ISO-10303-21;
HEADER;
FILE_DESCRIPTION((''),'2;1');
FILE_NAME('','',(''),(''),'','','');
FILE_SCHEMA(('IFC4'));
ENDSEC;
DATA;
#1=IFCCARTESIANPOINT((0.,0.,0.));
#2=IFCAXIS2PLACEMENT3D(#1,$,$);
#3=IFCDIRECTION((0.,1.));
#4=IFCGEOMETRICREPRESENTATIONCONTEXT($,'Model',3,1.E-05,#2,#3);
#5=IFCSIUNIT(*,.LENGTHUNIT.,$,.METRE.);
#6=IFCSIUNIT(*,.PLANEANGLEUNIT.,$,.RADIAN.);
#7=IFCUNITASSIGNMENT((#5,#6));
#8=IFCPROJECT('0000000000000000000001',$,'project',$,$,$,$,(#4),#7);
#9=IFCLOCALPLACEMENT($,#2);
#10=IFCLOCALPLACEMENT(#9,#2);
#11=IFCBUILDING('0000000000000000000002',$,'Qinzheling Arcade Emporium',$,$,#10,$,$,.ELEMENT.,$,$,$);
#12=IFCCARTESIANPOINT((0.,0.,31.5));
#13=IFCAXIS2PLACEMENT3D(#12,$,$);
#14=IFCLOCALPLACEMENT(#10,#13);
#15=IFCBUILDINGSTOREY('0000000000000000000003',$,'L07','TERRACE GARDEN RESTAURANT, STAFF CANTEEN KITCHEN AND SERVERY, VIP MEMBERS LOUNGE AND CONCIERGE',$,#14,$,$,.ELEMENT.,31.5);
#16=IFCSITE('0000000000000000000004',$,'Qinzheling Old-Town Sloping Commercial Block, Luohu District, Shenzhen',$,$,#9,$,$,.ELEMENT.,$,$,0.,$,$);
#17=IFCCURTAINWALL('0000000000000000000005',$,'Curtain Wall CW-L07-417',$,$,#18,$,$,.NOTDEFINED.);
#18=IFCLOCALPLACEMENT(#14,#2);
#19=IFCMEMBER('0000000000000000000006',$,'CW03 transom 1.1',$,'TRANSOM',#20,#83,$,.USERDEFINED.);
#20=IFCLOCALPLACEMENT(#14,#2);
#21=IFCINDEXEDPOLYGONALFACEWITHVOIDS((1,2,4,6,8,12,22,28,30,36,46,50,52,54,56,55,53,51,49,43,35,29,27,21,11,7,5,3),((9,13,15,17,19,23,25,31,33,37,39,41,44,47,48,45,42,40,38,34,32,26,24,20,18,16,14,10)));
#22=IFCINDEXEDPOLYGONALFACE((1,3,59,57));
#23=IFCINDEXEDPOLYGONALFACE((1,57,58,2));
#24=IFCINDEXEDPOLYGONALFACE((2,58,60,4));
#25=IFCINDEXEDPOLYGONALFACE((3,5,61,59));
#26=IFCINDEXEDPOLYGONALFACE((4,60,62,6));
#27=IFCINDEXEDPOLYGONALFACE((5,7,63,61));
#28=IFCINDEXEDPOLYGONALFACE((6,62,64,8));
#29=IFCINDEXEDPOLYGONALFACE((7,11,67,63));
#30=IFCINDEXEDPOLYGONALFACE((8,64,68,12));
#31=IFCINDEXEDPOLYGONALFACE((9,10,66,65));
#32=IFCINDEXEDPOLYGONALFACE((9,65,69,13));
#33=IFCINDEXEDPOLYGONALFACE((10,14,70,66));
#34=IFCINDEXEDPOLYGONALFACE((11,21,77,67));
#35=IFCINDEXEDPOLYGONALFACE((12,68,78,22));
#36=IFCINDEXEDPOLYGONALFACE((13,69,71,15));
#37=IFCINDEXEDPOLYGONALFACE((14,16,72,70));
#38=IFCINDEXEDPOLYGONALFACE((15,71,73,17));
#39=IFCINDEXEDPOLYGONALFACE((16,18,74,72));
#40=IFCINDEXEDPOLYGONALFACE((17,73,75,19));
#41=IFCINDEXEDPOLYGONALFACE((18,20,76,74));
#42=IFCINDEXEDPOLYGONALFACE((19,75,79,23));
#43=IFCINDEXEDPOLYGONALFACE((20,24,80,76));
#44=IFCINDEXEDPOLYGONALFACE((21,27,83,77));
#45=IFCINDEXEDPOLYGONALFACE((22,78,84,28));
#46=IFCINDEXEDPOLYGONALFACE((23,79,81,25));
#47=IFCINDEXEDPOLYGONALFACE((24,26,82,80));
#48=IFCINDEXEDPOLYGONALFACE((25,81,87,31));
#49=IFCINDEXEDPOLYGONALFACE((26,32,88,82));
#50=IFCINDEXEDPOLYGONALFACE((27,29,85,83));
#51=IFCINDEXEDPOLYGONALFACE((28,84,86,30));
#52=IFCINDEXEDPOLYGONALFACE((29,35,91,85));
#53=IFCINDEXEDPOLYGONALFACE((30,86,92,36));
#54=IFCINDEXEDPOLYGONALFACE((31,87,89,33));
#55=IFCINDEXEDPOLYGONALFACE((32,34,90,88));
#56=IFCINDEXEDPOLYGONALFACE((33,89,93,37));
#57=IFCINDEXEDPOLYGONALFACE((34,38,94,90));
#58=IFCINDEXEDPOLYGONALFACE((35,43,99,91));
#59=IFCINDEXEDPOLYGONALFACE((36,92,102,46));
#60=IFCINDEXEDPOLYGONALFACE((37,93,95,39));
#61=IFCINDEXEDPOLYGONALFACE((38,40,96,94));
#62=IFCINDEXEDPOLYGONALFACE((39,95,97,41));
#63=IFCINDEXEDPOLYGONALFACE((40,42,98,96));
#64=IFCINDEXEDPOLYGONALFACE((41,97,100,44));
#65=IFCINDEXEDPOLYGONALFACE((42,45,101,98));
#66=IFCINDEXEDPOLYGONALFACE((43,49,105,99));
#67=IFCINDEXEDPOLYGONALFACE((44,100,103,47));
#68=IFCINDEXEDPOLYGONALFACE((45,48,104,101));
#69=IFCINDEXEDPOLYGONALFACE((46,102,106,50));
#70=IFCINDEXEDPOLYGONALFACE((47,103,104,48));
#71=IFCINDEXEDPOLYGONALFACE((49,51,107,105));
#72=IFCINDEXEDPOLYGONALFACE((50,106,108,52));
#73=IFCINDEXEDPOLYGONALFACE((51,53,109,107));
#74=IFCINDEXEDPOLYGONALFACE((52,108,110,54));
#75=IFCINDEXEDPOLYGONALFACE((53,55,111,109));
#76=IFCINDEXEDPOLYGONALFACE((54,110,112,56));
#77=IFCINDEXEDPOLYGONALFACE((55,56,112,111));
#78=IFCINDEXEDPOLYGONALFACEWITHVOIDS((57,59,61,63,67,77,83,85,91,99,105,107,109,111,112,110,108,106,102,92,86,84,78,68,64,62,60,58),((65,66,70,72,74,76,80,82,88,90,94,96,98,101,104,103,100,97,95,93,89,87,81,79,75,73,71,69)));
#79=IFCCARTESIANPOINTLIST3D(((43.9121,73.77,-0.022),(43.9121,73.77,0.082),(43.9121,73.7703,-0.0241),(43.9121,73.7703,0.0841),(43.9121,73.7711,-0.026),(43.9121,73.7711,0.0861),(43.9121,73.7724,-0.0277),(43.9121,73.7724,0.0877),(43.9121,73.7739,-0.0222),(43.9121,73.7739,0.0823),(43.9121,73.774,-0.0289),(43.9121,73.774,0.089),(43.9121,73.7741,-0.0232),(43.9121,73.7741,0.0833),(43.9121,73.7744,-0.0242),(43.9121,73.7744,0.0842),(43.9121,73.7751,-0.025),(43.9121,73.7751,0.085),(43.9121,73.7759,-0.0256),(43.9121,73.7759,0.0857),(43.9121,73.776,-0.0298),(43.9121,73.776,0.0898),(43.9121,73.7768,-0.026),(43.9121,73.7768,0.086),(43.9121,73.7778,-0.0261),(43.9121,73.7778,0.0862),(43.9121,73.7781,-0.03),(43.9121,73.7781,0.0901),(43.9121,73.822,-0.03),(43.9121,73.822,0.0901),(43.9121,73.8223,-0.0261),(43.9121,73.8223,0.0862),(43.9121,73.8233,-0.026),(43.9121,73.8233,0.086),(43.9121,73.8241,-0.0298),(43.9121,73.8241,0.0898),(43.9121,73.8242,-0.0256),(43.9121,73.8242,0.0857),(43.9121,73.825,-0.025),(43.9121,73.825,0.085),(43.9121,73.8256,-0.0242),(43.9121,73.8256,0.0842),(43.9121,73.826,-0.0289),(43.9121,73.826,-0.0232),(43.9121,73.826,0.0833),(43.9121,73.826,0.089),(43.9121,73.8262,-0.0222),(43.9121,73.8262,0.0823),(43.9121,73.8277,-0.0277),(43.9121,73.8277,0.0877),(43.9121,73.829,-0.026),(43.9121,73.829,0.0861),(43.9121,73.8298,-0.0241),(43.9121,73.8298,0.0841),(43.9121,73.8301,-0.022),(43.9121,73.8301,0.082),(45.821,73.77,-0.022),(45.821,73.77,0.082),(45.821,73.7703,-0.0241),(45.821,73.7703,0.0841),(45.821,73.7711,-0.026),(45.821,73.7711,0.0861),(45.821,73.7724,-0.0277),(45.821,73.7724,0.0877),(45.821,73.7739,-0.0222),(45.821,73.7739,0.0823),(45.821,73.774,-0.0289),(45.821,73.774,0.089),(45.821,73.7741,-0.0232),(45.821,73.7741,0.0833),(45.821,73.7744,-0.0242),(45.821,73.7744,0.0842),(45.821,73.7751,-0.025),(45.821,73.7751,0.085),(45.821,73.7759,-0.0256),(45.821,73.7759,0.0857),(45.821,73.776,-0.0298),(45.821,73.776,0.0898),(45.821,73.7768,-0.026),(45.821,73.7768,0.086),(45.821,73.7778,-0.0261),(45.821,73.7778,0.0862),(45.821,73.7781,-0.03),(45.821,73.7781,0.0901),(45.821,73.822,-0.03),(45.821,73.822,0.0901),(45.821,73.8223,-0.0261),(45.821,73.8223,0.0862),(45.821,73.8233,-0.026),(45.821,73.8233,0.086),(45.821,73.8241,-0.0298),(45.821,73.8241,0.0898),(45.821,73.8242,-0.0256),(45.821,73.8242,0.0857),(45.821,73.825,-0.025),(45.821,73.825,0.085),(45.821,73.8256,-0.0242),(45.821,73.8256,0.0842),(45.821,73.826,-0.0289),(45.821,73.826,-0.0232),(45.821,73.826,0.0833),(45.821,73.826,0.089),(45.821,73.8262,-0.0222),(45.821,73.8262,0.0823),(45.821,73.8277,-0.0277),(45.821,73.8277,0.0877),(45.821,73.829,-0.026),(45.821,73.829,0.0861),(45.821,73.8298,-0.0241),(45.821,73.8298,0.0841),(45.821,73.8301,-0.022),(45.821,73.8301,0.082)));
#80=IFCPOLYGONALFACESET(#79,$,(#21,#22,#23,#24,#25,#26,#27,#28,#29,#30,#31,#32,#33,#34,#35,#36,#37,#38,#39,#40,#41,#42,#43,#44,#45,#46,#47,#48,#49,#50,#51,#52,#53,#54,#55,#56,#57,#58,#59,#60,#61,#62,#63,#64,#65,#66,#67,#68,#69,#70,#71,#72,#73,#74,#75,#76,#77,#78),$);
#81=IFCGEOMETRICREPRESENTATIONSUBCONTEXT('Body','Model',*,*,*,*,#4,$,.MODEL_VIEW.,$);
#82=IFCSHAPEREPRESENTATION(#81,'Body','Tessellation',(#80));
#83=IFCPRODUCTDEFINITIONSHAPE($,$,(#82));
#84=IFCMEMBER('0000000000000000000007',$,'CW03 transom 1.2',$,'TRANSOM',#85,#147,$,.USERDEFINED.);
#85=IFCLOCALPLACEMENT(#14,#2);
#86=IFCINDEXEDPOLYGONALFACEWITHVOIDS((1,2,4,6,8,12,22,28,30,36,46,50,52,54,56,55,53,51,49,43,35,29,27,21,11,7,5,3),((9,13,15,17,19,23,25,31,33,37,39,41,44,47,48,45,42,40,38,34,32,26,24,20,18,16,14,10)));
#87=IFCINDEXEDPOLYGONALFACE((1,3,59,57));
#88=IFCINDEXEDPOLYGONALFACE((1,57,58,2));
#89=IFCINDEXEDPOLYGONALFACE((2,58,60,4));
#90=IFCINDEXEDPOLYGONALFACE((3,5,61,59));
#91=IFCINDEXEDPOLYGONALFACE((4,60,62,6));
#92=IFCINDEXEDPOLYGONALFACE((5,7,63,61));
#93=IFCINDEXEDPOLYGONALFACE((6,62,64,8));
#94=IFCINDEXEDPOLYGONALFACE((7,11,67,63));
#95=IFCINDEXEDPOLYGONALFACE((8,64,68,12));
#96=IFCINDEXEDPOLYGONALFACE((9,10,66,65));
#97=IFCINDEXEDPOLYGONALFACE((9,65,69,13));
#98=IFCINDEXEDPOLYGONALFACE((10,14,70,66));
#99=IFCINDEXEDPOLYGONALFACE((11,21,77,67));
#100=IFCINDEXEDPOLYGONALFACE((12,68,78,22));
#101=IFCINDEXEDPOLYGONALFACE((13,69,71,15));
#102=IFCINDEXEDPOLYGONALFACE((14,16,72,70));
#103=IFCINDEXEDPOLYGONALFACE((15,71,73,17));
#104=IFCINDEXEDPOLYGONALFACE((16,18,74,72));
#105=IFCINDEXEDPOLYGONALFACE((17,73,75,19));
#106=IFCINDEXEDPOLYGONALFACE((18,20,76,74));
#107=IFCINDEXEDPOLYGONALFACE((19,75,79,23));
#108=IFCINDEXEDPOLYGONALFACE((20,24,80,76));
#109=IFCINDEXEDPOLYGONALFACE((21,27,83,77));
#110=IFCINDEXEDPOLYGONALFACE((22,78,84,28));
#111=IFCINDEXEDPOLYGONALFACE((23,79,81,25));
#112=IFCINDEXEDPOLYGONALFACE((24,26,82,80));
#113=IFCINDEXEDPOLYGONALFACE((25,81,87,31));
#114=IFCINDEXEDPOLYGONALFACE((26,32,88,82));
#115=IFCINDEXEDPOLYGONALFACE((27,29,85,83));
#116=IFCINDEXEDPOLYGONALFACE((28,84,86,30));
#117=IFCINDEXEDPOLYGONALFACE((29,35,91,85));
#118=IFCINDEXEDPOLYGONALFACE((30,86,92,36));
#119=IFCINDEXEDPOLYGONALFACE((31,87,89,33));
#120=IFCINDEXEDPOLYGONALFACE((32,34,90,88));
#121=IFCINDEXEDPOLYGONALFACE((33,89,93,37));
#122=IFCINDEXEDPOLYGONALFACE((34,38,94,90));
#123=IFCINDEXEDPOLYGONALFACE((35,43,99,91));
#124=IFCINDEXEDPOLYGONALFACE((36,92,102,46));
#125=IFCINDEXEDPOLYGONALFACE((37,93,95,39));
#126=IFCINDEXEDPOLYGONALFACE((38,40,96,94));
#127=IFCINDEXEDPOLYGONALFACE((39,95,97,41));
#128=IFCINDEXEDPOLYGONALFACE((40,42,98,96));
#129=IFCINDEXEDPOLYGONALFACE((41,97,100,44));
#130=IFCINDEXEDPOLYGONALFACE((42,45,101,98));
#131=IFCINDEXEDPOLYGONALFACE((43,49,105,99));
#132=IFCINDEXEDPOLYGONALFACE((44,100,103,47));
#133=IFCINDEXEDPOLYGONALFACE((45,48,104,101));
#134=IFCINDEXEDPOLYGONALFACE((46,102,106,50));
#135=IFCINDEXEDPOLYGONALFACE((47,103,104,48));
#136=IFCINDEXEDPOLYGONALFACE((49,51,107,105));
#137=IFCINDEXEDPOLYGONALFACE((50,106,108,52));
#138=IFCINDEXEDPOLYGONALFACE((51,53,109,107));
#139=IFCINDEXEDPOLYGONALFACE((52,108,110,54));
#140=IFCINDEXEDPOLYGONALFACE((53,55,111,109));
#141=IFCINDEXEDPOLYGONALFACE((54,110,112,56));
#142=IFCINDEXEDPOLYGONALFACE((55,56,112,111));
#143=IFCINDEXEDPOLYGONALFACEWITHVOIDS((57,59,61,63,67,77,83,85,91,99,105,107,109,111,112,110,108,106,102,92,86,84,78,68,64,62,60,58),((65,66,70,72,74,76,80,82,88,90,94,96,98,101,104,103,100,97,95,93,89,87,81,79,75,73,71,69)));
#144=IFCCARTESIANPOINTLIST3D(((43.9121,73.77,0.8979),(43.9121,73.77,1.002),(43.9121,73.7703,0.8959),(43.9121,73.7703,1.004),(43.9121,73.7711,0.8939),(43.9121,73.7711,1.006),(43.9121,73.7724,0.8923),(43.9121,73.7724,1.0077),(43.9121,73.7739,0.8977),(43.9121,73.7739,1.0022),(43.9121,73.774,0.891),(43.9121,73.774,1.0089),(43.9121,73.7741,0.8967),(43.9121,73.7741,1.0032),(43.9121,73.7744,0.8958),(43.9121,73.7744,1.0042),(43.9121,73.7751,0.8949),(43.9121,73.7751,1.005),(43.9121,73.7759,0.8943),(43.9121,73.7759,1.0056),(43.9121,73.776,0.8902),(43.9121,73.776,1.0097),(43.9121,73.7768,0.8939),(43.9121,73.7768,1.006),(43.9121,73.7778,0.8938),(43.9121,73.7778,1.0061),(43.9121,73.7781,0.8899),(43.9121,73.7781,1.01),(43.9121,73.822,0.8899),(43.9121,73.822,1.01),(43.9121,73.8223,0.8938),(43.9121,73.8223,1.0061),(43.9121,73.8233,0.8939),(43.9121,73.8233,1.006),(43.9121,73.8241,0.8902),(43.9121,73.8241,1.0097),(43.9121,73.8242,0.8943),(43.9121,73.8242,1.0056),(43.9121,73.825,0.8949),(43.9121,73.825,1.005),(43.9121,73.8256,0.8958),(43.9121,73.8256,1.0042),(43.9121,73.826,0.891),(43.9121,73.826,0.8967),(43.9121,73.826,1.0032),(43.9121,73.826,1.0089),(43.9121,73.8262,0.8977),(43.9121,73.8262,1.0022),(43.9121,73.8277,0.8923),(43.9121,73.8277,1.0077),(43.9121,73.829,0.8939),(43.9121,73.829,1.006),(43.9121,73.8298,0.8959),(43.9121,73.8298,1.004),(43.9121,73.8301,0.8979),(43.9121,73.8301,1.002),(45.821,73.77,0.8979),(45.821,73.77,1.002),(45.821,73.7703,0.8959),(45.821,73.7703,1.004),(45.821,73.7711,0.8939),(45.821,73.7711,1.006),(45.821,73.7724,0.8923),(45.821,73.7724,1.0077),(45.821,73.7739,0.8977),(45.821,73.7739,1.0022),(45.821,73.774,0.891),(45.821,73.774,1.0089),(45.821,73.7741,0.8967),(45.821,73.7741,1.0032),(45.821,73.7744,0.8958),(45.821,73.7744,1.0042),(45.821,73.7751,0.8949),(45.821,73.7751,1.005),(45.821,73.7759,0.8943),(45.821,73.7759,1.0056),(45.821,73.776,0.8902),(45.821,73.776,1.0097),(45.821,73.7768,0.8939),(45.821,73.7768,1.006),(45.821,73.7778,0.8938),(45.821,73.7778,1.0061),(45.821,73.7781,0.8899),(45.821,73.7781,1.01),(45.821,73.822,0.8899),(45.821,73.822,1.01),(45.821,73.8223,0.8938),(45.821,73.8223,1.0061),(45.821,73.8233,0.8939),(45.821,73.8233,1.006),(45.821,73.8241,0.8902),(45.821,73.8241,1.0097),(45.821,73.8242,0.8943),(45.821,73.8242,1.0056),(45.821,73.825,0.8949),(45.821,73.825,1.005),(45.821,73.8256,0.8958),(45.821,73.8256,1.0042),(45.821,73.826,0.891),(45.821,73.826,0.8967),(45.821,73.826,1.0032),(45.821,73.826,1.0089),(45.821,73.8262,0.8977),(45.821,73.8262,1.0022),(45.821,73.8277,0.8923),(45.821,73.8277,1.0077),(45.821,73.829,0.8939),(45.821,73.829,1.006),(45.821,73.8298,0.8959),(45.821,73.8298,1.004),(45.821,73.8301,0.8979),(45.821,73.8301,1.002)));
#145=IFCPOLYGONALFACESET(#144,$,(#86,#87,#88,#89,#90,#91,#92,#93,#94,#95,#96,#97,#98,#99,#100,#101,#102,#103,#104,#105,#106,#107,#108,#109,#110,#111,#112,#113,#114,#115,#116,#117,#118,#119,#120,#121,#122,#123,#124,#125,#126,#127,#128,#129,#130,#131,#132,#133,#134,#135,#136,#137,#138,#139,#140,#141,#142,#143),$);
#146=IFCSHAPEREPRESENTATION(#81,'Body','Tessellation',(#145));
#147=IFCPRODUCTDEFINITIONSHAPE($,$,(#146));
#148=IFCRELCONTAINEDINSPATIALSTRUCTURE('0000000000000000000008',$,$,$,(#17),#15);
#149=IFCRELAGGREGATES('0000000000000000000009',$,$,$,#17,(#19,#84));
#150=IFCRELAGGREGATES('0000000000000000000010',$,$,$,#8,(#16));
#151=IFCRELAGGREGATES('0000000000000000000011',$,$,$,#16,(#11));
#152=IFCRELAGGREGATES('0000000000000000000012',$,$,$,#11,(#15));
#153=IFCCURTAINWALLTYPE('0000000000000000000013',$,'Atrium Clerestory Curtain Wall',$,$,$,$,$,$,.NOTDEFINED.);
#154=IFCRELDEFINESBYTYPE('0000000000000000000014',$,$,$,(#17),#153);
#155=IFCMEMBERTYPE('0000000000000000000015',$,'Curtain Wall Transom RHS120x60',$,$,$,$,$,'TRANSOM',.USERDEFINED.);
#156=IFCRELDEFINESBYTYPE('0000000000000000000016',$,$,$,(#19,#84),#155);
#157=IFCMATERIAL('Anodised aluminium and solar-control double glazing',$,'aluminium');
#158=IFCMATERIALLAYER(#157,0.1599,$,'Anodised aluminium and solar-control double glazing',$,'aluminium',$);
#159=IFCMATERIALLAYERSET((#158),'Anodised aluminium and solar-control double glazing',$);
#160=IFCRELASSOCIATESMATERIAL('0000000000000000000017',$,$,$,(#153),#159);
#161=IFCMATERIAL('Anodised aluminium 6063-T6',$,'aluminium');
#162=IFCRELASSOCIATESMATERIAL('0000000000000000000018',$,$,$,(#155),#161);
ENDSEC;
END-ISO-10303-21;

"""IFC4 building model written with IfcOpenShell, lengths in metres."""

from ifc_helpers import new_model, si_unit, direction, frame, origin, origin_2d, place, context, subcontext, project, spatial, hollow_rectangle, extrude, material, layer, layer_set, material_profile, profile_set, type_object, element, aggregate, save


model = new_model("IFC4")

# Units and contexts
model_context = context("Model", 3, precision=1e-05, world=origin(), true_north=direction((0.0, 1.0)))
body_context = subcontext(model_context, "Body", "Model", "MODEL_VIEW")
ifc_project = project(units=[si_unit("LENGTHUNIT", "METRE"), si_unit("PLANEANGLEUNIT", "RADIAN")], contexts=[model_context])

# Site, building, storey
site_placement = place(None, origin())
site = spatial("IfcSite", under=ifc_project, at=site_placement, Name="Qinzheling Old-Town Sloping Commercial Block, Luohu District, Shenzhen", CompositionType="ELEMENT", RefElevation=0.0)
building_placement = place(site_placement, origin())
building = spatial("IfcBuilding", under=site, at=building_placement, Name="Qinzheling Arcade Emporium", CompositionType="ELEMENT")
storey_placement = place(building_placement, frame((0.0, 0.0, 31.5)))
storey = spatial("IfcBuildingStorey", under=building, at=storey_placement, Name="L07", Description="TERRACE GARDEN RESTAURANT, STAFF CANTEEN KITCHEN AND SERVERY, VIP MEMBERS LOUNGE AND CONCIERGE", CompositionType="ELEMENT", Elevation=31.5)

# Curtain wall, members
ifc_material_1 = material(Name="Anodised aluminium and solar-control double glazing", Category="aluminium")
ifc_layer_1 = layer(ifc_material_1, 0.1599, Name="Anodised aluminium and solar-control double glazing", Category="aluminium")
ifc_layer_set_1 = layer_set([ifc_layer_1], Name="Anodised aluminium and solar-control double glazing")
curtain_wall_type = type_object("IfcCurtainWallType", Name="Atrium Clerestory Curtain Wall", PredefinedType="NOTDEFINED", material=ifc_layer_set_1)
curtain_wall_placement = place(storey_placement, origin())
curtain_wall = element("IfcCurtainWall", 1, at=curtain_wall_placement, inside=storey, type_object=curtain_wall_type, Name="Curtain Wall CW-L07-417", PredefinedType="NOTDEFINED")
ifc_material_2 = material(Name="Anodised aluminium 6063-T6", Category="aluminium")
ifc_material_profile_1 = material_profile(ifc_material_2, hollow_rectangle(XDim=0.0601, YDim=0.1201, WallThickness=0.0039, InnerFilletRadius=0.0039, OuterFilletRadius=0.0081, at=origin_2d()), Name="RHS 120x60x4", Category="aluminium")
ifc_profile_set_1 = profile_set([ifc_material_profile_1], Name="Anodised aluminium 6063-T6")
member_type_1 = type_object("IfcMemberType", Name="Curtain Wall Transom RHS120x60", ElementType="TRANSOM", PredefinedType="USERDEFINED", material=ifc_profile_set_1)
member_1_placement = place(storey_placement, frame((43.9121, 73.8, 0.03), z_axis=(1.0, 0.0, 0.0), x_axis=(0.0, 1.0, 0.0)))
member_1 = element("IfcMember", 2, at=member_1_placement, type_object=member_type_1, Name="CW03 transom 1.1", ObjectType="TRANSOM", PredefinedType="USERDEFINED", context=body_context, shape_type="SweptSolid", body=[
    extrude(hollow_rectangle(XDim=0.0601, YDim=0.1201, WallThickness=0.0039, InnerFilletRadius=0.0039, OuterFilletRadius=0.0081, at=origin_2d()), origin(), (0.0, 0.0, 1.0), 1.9089),
])
member_2_placement = place(storey_placement, frame((43.9121, 73.8, 0.95), z_axis=(1.0, 0.0, 0.0), x_axis=(0.0, 1.0, 0.0)))
member_2 = element("IfcMember", 3, at=member_2_placement, type_object=member_type_1, Name="CW03 transom 1.2", ObjectType="TRANSOM", PredefinedType="USERDEFINED", context=body_context, shape_type="SweptSolid", body=[
    extrude(hollow_rectangle(XDim=0.0601, YDim=0.1201, WallThickness=0.0039, InnerFilletRadius=0.0039, OuterFilletRadius=0.0081, at=origin_2d()), origin(), (0.0, 0.0, 1.0), 1.9089),
])

aggregate(curtain_wall, [member_1, member_2])

save(model, "model.ifc")
